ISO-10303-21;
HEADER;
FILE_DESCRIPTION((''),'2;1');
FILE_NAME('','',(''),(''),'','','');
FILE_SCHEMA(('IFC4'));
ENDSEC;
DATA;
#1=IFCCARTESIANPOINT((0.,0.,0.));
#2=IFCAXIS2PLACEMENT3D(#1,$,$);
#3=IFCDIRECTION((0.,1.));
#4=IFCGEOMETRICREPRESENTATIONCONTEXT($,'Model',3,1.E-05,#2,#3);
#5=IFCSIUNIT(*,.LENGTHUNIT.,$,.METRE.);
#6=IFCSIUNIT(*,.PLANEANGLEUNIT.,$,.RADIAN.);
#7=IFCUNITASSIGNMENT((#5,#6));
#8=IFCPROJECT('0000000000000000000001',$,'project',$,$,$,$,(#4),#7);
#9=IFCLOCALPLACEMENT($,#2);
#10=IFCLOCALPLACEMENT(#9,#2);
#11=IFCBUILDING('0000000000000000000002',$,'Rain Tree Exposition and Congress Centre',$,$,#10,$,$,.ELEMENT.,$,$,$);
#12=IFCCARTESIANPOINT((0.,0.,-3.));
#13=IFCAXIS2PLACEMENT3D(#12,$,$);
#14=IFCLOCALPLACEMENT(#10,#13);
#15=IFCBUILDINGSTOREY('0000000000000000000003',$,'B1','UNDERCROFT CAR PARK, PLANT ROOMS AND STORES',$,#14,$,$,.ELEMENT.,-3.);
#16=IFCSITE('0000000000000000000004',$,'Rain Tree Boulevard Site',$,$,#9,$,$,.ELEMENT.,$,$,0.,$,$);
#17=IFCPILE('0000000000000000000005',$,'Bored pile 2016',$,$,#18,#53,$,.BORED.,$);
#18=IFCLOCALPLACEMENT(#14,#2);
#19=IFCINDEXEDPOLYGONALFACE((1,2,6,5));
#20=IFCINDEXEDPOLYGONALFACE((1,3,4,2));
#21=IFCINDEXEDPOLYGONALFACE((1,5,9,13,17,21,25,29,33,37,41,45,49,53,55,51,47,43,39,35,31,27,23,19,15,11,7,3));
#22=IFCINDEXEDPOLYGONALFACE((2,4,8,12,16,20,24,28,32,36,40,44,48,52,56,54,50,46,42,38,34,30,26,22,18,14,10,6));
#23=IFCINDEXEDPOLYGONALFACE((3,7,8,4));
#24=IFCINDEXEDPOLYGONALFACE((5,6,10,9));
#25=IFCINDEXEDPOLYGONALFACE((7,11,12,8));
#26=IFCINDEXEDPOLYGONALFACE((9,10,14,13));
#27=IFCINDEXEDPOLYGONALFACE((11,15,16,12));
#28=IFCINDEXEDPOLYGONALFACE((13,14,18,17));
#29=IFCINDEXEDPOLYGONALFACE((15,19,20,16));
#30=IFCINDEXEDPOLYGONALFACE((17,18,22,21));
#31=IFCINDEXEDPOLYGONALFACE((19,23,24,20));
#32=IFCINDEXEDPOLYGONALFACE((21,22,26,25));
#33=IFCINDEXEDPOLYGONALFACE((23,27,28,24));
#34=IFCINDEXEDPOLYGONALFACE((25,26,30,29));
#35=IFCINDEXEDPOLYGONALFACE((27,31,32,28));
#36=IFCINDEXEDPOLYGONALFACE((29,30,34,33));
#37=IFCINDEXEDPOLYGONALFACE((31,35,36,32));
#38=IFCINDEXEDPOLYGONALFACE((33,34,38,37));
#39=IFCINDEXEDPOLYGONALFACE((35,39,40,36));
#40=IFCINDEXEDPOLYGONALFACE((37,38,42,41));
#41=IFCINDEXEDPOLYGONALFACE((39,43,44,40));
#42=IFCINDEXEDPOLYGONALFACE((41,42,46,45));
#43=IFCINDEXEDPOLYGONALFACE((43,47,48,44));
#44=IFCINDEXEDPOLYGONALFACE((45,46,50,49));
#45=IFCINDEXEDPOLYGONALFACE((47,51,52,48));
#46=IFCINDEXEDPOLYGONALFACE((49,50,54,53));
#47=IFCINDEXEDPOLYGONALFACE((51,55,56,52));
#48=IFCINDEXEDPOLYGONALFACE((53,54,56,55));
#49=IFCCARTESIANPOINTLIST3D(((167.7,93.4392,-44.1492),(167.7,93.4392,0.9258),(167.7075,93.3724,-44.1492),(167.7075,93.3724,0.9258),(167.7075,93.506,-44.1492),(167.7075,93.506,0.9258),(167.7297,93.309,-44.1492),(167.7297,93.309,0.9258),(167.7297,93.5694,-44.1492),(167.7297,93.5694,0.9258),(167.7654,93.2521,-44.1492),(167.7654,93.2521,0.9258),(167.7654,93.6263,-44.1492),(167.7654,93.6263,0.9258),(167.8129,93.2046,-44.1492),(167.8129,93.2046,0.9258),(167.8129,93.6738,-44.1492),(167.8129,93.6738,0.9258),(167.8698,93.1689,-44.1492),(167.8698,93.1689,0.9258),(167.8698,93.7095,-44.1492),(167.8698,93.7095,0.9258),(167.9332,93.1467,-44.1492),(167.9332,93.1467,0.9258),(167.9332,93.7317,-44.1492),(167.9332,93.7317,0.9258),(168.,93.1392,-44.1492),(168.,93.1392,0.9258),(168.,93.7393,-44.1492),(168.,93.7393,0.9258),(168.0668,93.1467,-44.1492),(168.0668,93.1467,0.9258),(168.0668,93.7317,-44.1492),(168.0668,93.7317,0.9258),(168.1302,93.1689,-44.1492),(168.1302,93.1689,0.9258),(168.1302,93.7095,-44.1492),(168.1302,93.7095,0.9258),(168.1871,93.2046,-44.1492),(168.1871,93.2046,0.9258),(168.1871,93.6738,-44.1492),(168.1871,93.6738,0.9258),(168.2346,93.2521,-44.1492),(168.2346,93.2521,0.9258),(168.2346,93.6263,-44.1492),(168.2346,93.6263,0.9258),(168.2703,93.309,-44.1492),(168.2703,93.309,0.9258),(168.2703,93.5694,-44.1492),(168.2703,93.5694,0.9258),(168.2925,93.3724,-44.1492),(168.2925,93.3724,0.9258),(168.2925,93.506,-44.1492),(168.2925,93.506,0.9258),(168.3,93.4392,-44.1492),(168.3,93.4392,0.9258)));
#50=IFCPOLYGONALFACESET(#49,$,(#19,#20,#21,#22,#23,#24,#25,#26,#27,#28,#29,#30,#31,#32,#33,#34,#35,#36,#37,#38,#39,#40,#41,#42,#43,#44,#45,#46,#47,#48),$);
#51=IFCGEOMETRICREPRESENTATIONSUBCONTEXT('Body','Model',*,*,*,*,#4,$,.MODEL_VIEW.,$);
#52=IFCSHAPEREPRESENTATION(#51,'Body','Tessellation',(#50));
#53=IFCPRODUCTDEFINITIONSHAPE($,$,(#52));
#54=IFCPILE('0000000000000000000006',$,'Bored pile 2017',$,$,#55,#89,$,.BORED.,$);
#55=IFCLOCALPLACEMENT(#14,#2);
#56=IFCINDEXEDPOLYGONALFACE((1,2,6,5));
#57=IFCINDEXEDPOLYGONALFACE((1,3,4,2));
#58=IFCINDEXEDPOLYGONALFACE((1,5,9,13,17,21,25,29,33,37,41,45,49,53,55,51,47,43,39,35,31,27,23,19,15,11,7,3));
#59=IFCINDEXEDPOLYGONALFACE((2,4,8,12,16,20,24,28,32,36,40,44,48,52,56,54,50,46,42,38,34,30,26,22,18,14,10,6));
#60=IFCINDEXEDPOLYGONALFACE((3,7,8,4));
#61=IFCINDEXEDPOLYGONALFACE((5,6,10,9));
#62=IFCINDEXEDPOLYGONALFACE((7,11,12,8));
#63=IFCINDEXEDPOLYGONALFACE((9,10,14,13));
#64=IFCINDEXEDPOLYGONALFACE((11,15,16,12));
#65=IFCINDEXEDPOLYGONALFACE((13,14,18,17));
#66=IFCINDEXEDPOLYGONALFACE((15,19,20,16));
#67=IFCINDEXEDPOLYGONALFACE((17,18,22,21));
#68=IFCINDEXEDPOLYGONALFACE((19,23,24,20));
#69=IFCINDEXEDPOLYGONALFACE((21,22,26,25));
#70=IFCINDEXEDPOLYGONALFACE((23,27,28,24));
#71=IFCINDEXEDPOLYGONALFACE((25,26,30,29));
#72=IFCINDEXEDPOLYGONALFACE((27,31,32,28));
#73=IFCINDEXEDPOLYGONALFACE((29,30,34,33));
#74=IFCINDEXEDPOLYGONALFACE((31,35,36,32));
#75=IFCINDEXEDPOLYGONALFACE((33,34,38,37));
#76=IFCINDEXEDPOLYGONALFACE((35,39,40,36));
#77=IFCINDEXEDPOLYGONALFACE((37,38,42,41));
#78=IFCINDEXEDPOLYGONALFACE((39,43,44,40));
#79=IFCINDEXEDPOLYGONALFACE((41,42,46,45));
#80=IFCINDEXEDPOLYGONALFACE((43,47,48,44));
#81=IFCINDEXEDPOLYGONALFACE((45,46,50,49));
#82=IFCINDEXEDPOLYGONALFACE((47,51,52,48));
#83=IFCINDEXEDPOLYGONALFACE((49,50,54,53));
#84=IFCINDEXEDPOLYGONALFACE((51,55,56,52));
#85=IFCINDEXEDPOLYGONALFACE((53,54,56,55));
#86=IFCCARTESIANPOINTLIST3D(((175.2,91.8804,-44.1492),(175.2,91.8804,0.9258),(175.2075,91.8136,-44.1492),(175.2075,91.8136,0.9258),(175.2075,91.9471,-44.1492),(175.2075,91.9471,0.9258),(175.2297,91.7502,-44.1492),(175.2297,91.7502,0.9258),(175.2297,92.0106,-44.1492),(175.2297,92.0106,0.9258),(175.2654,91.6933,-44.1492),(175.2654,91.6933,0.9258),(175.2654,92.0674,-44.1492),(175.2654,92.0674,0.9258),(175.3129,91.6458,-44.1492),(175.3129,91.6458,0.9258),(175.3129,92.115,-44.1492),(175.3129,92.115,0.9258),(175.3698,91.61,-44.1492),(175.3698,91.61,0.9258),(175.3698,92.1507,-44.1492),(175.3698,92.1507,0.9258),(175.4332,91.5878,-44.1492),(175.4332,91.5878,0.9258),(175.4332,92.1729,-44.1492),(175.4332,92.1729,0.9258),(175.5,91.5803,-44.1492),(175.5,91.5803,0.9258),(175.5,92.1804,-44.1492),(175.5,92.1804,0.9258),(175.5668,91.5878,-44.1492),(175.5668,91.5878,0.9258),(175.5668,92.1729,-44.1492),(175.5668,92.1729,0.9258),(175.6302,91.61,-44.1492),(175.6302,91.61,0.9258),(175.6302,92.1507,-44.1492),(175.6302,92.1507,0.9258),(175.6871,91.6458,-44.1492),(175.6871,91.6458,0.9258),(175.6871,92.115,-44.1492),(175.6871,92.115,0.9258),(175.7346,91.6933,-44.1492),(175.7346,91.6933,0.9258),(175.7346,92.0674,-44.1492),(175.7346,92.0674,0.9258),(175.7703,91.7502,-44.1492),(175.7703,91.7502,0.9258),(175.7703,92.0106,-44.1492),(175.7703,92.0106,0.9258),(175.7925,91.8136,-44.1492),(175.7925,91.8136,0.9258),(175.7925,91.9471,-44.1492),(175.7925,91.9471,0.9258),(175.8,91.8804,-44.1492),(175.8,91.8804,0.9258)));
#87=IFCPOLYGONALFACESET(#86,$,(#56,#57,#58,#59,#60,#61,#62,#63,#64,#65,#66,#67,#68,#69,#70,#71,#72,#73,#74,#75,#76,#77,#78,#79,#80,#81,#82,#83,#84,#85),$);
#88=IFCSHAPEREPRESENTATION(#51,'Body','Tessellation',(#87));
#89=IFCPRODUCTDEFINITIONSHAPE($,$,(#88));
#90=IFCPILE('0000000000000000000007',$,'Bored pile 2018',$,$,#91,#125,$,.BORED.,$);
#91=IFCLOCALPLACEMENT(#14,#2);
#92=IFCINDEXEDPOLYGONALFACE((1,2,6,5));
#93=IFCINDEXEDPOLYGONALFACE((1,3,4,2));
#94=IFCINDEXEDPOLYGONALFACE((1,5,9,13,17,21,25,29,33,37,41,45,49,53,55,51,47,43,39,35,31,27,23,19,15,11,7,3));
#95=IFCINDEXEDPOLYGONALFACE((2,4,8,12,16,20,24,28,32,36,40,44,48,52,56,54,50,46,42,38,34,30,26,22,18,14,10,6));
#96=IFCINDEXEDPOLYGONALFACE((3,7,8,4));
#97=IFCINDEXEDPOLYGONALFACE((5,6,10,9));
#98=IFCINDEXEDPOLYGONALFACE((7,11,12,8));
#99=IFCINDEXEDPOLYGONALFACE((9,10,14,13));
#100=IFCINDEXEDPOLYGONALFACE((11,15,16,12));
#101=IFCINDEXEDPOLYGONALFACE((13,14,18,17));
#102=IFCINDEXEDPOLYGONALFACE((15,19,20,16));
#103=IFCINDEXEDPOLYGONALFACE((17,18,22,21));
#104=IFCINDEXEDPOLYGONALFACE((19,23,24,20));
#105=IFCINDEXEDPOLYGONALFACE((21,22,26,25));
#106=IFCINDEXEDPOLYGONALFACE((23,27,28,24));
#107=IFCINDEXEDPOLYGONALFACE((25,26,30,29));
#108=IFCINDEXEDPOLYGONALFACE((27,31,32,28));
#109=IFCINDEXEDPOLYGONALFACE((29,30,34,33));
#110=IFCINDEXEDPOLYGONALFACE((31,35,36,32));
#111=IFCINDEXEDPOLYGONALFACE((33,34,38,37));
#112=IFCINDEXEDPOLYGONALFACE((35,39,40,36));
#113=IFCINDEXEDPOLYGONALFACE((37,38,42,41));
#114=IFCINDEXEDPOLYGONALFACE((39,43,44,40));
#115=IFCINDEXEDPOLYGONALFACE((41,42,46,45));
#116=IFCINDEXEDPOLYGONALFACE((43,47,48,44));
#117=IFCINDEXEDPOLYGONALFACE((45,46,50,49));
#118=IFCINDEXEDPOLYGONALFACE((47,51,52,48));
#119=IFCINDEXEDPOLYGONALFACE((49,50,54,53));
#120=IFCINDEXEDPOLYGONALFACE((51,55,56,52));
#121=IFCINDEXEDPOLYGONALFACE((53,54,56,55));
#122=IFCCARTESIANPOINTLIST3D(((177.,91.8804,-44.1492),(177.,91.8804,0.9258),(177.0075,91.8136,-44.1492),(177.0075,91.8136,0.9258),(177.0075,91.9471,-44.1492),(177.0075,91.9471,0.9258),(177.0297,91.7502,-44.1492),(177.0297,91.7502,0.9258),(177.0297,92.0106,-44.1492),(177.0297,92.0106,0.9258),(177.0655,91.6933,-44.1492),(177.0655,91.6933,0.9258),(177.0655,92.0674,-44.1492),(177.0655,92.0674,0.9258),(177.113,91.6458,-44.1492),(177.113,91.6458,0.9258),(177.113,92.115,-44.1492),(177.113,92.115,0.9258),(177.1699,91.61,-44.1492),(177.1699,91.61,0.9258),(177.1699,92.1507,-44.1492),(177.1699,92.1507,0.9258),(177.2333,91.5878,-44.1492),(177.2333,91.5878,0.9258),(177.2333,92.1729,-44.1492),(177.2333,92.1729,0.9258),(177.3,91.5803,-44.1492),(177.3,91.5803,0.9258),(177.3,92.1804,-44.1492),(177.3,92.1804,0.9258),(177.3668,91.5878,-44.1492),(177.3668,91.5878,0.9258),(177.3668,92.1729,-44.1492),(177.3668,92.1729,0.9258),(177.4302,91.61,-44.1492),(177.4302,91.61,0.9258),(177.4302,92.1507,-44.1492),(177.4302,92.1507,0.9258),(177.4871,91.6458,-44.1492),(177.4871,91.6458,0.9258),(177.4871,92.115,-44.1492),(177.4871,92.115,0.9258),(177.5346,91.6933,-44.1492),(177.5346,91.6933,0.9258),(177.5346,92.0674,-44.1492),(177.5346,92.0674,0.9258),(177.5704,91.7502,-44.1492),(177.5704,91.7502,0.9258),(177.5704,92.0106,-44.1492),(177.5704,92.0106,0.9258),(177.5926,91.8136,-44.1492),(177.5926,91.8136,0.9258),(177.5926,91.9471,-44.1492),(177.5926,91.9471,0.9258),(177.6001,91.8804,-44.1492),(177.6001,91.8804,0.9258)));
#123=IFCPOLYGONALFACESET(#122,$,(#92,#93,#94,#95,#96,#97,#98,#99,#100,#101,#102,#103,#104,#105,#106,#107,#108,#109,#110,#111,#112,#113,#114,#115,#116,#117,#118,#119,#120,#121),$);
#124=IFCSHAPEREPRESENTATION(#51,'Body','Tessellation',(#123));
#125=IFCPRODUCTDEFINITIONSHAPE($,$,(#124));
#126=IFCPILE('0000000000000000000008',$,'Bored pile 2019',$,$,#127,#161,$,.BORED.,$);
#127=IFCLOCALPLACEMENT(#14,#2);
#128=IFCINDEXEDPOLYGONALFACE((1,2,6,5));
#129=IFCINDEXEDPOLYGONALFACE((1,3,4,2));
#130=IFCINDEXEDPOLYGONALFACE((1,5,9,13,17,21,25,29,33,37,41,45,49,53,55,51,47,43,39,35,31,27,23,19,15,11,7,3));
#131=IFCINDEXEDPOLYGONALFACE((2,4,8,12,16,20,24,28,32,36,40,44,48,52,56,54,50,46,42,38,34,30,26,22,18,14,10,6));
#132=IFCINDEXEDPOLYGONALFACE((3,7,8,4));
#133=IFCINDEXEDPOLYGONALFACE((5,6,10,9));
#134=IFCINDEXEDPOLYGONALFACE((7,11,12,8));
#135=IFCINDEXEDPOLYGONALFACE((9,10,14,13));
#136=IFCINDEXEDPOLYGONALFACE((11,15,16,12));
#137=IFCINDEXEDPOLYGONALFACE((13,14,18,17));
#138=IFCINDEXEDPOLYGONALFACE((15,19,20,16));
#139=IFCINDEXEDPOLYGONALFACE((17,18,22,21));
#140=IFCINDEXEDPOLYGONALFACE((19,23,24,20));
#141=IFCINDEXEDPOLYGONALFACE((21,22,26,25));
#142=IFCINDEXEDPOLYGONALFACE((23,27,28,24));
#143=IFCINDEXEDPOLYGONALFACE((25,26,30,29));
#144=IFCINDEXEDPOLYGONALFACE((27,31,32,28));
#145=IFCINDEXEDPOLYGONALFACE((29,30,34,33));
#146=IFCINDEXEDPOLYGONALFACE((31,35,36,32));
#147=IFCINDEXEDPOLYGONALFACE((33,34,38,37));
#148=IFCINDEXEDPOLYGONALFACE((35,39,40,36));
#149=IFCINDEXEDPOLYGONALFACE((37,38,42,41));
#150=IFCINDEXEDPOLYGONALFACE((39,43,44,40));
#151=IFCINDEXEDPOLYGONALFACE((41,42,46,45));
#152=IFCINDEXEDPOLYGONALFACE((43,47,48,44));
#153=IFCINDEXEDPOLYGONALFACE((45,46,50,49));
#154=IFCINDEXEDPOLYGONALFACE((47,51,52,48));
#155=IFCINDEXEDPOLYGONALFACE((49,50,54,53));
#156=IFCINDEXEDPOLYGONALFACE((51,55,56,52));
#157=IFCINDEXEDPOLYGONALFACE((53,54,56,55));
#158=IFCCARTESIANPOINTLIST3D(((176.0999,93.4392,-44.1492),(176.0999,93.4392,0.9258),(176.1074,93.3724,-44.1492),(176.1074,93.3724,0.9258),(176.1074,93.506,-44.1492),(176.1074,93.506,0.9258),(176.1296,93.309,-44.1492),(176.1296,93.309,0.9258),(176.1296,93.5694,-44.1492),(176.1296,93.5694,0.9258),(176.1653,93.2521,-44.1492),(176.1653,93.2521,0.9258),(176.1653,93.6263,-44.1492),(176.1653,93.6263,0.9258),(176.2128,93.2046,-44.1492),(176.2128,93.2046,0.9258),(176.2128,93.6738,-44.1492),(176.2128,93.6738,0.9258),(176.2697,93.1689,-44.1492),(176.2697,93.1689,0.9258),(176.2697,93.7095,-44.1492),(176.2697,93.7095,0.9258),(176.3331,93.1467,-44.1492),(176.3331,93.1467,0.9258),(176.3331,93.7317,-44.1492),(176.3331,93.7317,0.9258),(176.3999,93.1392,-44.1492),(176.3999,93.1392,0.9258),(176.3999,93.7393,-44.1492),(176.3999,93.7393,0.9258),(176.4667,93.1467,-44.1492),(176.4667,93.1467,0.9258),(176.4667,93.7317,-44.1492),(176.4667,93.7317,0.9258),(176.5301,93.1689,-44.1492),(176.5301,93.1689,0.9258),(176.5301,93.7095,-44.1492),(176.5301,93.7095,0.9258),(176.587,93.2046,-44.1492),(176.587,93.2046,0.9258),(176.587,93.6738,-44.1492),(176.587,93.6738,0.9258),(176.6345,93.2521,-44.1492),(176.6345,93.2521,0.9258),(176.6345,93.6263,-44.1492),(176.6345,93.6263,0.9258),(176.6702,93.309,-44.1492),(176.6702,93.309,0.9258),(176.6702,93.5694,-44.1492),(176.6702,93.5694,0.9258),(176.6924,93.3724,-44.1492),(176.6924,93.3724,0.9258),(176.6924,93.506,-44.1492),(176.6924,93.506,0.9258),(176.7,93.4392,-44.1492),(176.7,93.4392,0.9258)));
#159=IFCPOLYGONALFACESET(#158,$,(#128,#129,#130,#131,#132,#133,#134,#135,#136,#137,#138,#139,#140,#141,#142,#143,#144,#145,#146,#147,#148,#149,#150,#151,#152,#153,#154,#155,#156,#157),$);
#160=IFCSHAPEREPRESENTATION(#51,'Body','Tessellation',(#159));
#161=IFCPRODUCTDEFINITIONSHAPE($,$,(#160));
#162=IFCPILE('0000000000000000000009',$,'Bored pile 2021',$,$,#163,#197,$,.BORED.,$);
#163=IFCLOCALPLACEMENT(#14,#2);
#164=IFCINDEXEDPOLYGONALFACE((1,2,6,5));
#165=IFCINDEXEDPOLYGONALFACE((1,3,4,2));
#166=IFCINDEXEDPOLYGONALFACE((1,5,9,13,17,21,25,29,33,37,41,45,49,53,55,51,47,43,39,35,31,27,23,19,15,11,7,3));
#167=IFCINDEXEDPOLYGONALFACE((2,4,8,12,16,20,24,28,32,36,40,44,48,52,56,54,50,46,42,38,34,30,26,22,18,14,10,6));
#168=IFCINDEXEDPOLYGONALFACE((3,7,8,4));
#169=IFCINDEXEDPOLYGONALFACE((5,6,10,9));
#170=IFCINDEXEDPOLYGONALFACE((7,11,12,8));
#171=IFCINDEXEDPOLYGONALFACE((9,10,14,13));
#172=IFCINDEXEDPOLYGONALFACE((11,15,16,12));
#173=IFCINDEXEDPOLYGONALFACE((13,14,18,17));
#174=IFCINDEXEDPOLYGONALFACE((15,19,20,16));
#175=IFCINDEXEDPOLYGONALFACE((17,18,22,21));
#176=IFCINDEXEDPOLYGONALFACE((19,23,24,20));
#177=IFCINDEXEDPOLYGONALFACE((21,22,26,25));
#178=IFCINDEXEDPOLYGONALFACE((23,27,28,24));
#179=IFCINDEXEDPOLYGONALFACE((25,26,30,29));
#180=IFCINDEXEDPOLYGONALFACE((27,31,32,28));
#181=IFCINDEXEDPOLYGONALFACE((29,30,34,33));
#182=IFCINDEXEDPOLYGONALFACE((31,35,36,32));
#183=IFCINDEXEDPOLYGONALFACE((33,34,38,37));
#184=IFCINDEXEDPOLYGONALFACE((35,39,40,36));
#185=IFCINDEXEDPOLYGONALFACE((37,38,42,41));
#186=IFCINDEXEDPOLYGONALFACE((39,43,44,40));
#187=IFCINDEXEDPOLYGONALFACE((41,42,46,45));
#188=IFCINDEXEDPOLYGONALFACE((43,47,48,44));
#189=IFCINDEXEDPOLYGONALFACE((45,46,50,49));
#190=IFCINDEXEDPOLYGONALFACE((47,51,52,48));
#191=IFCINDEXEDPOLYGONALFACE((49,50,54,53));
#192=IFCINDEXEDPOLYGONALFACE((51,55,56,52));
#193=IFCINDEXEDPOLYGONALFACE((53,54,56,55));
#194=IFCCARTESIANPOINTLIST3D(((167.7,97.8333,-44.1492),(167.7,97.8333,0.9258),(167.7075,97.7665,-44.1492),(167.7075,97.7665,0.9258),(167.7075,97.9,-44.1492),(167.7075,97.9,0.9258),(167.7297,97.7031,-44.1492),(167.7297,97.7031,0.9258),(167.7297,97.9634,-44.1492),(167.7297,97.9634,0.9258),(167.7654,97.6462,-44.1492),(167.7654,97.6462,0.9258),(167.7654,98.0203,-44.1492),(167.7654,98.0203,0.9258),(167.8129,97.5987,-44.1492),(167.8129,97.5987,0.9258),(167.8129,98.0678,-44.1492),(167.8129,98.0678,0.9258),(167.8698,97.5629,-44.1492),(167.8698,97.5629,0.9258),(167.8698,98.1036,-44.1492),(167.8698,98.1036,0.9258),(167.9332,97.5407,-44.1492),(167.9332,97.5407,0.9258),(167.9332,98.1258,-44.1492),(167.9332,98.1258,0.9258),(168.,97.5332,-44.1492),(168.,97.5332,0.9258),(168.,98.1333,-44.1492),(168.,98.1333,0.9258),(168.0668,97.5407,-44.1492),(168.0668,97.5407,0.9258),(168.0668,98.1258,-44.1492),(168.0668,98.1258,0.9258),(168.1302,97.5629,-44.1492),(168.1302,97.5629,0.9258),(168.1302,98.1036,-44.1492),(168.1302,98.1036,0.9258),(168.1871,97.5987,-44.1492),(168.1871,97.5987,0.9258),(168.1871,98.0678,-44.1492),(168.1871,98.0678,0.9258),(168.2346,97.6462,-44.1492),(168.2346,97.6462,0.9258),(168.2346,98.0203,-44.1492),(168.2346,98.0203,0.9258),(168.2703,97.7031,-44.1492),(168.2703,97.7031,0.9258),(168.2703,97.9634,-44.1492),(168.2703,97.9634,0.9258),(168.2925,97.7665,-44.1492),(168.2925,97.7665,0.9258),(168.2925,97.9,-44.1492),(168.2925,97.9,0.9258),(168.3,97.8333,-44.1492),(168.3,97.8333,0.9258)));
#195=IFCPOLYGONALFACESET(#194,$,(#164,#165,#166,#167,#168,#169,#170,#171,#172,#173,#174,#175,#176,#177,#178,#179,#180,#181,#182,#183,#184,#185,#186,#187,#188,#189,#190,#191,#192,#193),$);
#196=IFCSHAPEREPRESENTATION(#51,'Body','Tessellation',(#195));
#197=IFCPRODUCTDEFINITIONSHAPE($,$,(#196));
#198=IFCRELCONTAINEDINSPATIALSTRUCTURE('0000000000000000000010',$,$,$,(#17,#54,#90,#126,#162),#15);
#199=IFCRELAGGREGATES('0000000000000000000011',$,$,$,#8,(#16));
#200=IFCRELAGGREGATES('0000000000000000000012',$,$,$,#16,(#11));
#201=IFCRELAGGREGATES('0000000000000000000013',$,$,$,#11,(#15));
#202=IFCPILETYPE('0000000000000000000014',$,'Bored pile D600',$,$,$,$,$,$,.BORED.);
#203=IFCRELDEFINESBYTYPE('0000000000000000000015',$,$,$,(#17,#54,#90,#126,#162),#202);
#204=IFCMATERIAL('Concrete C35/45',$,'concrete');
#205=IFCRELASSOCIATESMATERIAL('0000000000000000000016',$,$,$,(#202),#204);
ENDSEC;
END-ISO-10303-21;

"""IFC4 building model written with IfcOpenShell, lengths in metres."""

from ifc_helpers import new_model, si_unit, direction, frame, origin, origin_2d, place, context, subcontext, project, spatial, circle, extrude, material, material_profile, profile_set, type_object, element, save


model = new_model("IFC4")

# Units and contexts
model_context = context("Model", 3, precision=1e-05, world=origin(), true_north=direction((0.0, 1.0)))
body_context = subcontext(model_context, "Body", "Model", "MODEL_VIEW")
ifc_project = project(units=[si_unit("LENGTHUNIT", "METRE"), si_unit("PLANEANGLEUNIT", "RADIAN")], contexts=[model_context])

# Site, building, storey
site_placement = place(None, origin())
site = spatial("IfcSite", under=ifc_project, at=site_placement, Name="Rain Tree Boulevard Site", CompositionType="ELEMENT", RefElevation=0.0)
building_placement = place(site_placement, origin())
building = spatial("IfcBuilding", under=site, at=building_placement, Name="Rain Tree Exposition and Congress Centre", CompositionType="ELEMENT")
storey_placement = place(building_placement, frame((0.0, 0.0, -3.0)))
storey = spatial("IfcBuildingStorey", under=building, at=storey_placement, Name="B1", Description="UNDERCROFT CAR PARK, PLANT ROOMS AND STORES", CompositionType="ELEMENT", Elevation=-3.0)

# Piles
ifc_material_1 = material(Name="Concrete C35/45", Category="concrete")
ifc_material_profile_1 = material_profile(ifc_material_1, circle(Radius=0.3, at=origin_2d()), Name="D600")
ifc_profile_set_1 = profile_set([ifc_material_profile_1], Name="Concrete C35/45")
pile_type_1 = type_object("IfcPileType", Name="Bored pile D600", PredefinedType="BORED", material=ifc_profile_set_1)
for number, where, z_axis, x_axis, name in (
    (1, (168.0, 93.4392, 0.9258), (0.0, 0.0, -1.0), (1.0, 0.0, 0.0), "Bored pile 2016"),
    (2, (175.5, 91.8804, 0.9258), (0.0, 0.0, -1.0), (1.0, 0.0, 0.0), "Bored pile 2017"),
    (3, (177.3, 91.8804, 0.9258), (0.0, 0.0, -1.0), (1.0, 0.0, 0.0), "Bored pile 2018"),
    (4, (176.3999, 93.4392, 0.9258), (0.0, 0.0, -1.0), (1.0, 0.0, 0.0), "Bored pile 2019"),
    (5, (168.0, 97.8333, 0.9258), (0.0, 0.0, -1.0), (1.0, 0.0, 0.0), "Bored pile 2021"),
):
    element("IfcPile", number, at=place(storey_placement, frame(where, z_axis=z_axis, x_axis=x_axis)), inside=storey, type_object=pile_type_1, Name=name, PredefinedType="BORED", context=body_context, shape_type="SweptSolid", body=[
        extrude(circle(Radius=0.3, at=origin_2d()), origin(), (0.0, 0.0, 1.0), 45.075),
    ])

save(model, "model.ifc")
